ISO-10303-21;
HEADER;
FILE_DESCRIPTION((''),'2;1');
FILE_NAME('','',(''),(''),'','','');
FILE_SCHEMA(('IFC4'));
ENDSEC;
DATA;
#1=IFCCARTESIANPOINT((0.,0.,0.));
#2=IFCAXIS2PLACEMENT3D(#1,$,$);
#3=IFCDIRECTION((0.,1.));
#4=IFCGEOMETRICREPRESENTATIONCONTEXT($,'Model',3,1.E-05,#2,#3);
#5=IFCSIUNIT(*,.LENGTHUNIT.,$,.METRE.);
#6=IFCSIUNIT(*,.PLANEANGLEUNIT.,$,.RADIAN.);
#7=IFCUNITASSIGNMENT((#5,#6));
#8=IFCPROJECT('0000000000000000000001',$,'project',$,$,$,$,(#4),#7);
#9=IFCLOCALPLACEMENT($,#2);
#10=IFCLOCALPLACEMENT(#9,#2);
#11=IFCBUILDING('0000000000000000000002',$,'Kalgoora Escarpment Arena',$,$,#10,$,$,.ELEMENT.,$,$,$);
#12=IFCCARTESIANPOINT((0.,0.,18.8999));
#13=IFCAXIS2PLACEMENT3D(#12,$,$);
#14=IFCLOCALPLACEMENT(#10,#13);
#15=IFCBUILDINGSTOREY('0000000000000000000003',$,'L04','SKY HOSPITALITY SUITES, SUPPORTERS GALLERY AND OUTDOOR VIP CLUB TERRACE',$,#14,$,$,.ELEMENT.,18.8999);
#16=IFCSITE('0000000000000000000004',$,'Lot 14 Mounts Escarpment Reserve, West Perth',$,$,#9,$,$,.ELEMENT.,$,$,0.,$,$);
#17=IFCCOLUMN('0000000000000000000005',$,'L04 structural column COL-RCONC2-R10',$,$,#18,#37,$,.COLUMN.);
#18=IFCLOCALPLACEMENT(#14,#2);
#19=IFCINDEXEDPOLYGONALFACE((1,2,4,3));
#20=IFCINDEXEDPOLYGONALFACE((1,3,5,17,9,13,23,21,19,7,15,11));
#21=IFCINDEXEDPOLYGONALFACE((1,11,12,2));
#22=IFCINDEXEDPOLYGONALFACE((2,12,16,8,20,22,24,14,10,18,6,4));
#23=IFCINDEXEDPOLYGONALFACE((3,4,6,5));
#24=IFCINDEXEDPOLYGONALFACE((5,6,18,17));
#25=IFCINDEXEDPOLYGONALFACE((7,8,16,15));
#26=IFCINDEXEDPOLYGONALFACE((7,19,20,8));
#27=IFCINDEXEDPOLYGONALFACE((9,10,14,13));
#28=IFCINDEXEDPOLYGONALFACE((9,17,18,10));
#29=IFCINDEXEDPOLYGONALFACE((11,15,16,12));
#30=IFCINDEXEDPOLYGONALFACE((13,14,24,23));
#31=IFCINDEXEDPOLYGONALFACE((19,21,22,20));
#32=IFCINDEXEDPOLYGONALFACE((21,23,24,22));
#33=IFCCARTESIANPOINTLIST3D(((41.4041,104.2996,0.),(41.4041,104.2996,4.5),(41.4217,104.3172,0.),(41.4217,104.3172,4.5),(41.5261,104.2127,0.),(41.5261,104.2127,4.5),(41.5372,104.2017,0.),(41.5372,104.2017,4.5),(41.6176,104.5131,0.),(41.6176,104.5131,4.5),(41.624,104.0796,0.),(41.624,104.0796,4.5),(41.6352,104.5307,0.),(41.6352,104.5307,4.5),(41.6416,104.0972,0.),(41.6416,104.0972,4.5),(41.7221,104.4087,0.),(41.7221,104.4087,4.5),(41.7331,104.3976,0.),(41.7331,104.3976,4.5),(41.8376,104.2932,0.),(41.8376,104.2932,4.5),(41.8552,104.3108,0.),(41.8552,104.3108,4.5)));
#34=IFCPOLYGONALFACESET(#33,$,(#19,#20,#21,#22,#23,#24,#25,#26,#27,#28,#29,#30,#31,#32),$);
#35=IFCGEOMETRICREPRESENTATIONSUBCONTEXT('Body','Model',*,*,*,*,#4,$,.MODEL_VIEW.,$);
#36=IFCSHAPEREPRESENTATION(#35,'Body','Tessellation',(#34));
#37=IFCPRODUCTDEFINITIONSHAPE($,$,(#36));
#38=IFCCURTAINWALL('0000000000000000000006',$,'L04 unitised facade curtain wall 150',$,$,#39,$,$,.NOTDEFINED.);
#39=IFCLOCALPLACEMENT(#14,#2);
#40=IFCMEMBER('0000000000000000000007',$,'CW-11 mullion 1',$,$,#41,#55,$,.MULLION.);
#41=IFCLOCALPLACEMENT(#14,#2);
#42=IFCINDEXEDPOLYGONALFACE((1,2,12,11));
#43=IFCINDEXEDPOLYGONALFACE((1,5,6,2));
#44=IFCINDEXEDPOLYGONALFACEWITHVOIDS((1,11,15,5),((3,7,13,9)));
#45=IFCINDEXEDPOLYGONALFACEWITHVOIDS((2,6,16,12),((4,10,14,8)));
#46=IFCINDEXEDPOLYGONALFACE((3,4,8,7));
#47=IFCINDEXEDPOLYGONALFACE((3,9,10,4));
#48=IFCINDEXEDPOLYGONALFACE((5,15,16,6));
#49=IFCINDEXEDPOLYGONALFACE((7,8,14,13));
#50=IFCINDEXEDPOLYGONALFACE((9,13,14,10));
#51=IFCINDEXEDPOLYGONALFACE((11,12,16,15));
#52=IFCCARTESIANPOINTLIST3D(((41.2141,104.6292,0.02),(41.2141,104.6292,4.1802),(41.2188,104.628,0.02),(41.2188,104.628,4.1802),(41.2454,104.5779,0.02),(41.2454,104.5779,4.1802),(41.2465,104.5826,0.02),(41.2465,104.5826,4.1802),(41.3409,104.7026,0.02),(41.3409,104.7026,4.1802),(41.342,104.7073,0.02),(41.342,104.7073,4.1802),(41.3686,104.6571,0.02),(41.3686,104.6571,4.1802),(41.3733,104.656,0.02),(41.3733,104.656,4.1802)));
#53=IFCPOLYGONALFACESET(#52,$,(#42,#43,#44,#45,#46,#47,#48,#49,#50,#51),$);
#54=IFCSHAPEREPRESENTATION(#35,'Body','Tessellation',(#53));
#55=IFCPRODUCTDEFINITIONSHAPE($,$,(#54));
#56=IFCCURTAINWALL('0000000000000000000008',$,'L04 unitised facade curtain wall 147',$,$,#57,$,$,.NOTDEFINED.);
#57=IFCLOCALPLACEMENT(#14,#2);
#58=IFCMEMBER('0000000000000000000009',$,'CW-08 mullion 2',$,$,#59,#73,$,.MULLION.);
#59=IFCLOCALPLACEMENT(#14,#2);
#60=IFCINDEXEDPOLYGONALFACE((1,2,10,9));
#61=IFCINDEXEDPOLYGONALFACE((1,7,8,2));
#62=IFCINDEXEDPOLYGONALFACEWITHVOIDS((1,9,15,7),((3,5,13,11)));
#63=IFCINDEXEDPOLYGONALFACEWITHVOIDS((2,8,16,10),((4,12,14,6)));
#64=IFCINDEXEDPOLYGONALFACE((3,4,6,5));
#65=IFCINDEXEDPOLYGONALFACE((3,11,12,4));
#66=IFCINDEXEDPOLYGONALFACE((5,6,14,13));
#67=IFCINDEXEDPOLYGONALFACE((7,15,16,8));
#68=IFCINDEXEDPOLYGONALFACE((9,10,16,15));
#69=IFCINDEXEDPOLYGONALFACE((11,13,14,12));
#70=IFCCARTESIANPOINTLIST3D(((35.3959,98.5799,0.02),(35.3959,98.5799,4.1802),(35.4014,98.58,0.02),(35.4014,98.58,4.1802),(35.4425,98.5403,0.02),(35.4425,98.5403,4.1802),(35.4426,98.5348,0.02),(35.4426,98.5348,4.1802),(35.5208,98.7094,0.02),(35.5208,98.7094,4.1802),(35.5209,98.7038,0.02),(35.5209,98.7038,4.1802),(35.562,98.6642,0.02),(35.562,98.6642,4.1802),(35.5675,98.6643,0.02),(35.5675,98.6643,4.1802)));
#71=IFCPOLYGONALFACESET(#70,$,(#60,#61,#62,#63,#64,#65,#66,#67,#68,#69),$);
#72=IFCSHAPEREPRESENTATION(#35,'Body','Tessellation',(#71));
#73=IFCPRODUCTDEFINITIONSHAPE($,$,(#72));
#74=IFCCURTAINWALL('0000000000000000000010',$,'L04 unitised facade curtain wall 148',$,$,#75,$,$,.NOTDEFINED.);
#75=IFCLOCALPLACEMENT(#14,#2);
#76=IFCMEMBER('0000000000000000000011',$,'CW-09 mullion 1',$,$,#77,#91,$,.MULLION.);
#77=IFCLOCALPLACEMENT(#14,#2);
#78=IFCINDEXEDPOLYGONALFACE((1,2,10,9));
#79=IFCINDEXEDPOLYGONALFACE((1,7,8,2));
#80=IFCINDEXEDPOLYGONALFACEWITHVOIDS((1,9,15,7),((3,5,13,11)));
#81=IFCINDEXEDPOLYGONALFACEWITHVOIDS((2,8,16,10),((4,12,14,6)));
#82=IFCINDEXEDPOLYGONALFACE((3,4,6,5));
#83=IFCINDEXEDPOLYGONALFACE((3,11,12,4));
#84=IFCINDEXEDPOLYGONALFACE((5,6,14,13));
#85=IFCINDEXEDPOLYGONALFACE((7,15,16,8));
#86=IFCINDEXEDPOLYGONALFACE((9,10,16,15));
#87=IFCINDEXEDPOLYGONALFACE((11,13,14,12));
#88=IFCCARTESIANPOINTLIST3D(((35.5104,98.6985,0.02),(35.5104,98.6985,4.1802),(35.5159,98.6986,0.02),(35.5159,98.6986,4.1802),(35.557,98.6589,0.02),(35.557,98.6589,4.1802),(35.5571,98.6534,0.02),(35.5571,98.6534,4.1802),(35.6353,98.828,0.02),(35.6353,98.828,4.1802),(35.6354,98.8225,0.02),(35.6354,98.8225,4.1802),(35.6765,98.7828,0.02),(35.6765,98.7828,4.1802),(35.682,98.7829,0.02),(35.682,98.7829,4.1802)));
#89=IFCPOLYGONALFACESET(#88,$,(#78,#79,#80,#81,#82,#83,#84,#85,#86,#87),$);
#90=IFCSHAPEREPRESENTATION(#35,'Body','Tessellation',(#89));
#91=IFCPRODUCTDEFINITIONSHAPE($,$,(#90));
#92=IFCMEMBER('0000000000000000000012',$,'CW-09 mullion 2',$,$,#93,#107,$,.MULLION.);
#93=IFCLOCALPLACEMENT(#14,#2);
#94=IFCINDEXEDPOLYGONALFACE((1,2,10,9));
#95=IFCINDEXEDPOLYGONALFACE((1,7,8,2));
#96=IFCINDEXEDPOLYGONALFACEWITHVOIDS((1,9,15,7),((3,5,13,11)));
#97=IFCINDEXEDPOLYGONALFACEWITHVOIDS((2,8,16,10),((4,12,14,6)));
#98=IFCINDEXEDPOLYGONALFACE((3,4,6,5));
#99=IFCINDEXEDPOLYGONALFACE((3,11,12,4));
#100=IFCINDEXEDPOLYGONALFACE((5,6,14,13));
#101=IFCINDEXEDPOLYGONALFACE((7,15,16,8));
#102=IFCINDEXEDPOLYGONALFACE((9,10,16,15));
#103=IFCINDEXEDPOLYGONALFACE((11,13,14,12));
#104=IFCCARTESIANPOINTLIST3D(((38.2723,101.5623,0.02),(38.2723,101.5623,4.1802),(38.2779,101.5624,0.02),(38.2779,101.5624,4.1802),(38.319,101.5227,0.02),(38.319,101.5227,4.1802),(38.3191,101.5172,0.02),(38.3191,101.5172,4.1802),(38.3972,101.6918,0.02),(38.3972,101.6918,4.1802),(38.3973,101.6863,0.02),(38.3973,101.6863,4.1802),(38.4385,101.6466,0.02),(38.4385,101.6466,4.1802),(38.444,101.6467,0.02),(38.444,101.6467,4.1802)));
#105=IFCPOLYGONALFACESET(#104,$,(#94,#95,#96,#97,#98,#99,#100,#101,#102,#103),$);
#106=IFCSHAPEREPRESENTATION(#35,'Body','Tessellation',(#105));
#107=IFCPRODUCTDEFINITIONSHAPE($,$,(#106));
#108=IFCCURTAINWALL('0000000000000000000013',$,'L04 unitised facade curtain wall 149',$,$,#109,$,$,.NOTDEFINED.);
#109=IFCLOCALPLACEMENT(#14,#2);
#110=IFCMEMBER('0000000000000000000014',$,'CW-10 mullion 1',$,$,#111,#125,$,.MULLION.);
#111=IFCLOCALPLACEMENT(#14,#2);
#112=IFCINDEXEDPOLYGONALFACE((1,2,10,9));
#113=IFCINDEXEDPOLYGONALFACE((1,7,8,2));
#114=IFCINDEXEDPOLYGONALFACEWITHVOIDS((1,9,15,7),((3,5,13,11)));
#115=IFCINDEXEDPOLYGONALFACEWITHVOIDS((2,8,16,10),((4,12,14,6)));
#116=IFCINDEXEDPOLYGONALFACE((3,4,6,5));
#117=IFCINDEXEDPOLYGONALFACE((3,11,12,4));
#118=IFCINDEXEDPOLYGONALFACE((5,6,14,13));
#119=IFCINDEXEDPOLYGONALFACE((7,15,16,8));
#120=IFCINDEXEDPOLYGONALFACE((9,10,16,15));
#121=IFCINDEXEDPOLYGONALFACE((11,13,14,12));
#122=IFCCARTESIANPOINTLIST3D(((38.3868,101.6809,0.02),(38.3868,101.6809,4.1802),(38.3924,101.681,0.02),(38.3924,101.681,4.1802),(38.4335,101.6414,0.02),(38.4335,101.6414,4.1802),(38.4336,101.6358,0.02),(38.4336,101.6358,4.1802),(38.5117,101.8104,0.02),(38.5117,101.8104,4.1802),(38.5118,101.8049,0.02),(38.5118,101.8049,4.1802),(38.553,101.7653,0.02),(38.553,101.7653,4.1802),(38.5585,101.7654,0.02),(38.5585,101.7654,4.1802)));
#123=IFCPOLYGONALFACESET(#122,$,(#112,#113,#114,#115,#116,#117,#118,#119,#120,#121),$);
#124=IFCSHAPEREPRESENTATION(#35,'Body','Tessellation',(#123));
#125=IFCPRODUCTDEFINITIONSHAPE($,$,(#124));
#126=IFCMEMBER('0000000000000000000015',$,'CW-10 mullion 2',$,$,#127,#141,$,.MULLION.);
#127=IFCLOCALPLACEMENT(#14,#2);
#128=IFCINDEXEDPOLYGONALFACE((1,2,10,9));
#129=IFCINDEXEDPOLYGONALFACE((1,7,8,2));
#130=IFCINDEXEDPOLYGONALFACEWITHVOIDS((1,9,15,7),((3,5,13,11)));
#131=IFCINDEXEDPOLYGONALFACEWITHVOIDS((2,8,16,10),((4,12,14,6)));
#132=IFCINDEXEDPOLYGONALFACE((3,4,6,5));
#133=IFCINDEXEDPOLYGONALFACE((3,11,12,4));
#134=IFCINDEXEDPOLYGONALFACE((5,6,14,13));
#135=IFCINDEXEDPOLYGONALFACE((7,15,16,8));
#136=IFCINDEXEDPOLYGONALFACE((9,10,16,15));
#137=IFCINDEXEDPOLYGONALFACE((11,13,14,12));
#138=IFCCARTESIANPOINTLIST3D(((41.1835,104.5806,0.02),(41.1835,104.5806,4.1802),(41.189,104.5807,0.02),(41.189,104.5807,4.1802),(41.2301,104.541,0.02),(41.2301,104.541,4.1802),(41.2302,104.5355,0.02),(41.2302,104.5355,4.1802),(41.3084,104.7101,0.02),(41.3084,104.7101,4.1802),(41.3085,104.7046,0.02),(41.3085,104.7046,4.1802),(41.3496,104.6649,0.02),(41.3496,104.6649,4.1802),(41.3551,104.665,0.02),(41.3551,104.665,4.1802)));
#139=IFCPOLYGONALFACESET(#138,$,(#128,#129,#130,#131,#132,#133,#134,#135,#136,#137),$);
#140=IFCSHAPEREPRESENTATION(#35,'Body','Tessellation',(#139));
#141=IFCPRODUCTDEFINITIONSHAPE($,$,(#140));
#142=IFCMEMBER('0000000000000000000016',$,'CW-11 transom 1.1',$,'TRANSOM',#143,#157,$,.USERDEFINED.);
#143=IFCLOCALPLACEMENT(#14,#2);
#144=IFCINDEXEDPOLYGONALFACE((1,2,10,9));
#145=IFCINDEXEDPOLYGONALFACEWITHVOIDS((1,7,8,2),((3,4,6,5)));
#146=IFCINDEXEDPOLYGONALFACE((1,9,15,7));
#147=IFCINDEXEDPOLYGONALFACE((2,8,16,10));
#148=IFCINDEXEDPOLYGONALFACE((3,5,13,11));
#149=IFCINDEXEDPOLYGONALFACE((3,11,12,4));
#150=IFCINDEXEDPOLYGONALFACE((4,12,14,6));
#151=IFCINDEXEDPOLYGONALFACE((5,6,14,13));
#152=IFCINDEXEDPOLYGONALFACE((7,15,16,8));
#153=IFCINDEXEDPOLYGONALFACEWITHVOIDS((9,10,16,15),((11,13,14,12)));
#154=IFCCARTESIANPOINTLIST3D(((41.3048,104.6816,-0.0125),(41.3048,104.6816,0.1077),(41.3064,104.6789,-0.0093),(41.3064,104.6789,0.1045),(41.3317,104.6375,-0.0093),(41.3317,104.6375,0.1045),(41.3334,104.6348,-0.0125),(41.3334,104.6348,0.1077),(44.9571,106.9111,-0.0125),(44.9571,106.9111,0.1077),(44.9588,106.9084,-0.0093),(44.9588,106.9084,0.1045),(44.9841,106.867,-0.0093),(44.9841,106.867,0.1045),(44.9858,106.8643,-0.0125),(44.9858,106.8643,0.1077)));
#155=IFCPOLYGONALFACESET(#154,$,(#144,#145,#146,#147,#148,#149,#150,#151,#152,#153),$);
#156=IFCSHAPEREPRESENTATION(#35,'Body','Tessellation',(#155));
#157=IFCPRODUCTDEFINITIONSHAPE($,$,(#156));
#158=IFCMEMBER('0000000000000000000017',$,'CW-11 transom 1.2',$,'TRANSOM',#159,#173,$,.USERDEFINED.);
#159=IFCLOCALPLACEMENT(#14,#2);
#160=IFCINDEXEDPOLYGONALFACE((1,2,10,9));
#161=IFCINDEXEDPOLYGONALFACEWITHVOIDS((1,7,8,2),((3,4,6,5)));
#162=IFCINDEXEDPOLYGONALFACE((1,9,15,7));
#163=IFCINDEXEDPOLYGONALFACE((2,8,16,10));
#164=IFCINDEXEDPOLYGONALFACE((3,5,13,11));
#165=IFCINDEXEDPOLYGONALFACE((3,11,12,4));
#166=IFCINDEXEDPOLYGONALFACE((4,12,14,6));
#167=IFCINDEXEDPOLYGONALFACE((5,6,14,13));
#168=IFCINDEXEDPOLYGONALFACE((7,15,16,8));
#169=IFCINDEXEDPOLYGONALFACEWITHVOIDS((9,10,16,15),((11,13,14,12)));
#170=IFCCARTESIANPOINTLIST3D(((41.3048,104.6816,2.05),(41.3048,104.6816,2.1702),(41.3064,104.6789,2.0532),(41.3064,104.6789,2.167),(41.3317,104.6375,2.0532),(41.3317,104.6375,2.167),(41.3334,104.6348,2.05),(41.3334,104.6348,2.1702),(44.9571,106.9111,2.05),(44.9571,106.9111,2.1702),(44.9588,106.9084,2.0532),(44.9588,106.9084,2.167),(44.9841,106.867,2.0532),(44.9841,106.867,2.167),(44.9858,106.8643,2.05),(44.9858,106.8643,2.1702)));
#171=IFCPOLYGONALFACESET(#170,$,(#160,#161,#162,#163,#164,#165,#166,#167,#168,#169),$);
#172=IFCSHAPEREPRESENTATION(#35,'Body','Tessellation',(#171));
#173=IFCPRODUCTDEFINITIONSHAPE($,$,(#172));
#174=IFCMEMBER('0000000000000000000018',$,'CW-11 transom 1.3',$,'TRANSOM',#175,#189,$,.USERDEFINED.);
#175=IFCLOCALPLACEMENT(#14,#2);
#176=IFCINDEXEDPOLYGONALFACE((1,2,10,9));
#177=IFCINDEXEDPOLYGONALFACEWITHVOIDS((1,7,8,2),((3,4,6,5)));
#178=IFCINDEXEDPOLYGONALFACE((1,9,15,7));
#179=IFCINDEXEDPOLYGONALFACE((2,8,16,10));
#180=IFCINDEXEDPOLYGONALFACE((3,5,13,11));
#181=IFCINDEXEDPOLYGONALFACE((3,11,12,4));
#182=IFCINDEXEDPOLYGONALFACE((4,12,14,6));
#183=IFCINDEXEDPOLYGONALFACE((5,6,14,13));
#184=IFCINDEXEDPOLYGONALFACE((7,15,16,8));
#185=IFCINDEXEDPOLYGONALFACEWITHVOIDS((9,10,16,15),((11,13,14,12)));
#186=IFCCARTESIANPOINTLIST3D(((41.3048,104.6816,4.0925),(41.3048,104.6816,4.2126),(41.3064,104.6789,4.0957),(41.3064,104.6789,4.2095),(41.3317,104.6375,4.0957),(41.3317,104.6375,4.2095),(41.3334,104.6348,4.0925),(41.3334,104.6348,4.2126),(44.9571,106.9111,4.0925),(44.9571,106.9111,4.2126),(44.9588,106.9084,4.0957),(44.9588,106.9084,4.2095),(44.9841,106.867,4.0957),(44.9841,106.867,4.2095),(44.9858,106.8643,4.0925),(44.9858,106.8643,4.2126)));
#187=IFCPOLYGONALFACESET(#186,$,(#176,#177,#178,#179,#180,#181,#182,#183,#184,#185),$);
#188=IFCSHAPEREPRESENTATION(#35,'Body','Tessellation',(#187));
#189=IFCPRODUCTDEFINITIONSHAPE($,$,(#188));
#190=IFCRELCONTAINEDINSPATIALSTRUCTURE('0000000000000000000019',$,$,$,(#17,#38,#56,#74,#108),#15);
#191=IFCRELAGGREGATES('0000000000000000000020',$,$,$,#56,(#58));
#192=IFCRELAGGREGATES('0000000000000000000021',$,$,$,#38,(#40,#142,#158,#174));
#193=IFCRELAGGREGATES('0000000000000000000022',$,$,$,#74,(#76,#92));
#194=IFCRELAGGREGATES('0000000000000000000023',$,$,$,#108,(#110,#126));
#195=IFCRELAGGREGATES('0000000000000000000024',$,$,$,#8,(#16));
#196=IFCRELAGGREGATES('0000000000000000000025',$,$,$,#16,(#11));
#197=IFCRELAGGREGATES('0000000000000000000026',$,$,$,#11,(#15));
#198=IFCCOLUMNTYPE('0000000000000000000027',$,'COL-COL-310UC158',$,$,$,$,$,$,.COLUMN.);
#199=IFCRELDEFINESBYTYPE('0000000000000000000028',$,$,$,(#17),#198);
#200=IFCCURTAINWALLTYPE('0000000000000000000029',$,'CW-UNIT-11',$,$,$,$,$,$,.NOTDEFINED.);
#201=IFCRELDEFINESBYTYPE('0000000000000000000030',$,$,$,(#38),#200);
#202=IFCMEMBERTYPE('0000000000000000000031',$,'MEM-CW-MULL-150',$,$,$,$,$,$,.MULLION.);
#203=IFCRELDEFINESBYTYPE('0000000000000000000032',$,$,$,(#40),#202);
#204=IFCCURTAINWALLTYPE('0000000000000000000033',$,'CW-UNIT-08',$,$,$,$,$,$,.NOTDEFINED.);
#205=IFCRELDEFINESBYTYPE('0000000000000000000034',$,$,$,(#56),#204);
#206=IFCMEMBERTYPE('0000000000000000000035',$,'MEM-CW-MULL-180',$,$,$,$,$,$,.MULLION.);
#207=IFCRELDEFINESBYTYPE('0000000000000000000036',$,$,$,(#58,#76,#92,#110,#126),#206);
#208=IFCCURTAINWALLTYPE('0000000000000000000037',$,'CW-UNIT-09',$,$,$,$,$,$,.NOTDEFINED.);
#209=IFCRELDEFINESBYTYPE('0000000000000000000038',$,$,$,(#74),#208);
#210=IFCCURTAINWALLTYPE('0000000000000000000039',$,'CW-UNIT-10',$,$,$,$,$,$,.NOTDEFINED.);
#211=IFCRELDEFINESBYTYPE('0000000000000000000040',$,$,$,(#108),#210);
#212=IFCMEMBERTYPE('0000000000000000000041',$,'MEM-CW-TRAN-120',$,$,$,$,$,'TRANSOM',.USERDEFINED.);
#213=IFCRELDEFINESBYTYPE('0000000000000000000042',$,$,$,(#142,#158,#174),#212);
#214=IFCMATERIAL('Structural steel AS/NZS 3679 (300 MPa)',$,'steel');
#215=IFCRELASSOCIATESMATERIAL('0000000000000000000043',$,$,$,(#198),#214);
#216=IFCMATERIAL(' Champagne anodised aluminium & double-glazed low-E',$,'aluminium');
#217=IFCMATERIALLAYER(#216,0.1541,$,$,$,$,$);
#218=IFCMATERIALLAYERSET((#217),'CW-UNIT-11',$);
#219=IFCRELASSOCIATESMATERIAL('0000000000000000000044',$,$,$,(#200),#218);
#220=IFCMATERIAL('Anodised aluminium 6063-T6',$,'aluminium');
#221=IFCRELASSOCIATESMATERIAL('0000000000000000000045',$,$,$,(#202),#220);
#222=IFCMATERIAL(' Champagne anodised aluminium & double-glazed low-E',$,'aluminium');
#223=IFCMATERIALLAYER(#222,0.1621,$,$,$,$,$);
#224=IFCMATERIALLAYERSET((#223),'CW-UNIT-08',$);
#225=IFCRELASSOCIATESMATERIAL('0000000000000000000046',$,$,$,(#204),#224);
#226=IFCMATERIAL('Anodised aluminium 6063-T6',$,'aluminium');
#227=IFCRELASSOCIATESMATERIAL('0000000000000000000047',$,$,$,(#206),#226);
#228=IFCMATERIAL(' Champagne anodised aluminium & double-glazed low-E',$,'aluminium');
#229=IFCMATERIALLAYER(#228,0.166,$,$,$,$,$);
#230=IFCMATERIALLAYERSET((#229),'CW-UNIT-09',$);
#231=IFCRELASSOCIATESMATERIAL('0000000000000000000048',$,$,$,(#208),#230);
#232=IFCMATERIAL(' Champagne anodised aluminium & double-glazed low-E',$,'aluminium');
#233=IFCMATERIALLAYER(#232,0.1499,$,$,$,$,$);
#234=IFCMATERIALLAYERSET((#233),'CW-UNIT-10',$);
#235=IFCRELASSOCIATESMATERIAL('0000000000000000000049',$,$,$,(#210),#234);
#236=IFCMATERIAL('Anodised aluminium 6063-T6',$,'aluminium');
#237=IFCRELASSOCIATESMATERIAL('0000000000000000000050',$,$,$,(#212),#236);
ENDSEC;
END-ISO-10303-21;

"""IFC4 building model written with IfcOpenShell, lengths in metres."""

from ifc_helpers import new_model, si_unit, direction, frame, origin, origin_2d, place, context, subcontext, project, spatial, hollow_rectangle, i_section, extrude, material, layer, layer_set, material_profile, profile_set, type_object, element, aggregate, save


model = new_model("IFC4")

# Units and contexts
model_context = context("Model", 3, precision=1e-05, world=origin(), true_north=direction((0.0, 1.0)))
body_context = subcontext(model_context, "Body", "Model", "MODEL_VIEW")
ifc_project = project(units=[si_unit("LENGTHUNIT", "METRE"), si_unit("PLANEANGLEUNIT", "RADIAN")], contexts=[model_context])

# Site, building, storey
site_placement = place(None, origin())
site = spatial("IfcSite", under=ifc_project, at=site_placement, Name="Lot 14 Mounts Escarpment Reserve, West Perth", CompositionType="ELEMENT", RefElevation=0.0)
building_placement = place(site_placement, origin())
building = spatial("IfcBuilding", under=site, at=building_placement, Name="Kalgoora Escarpment Arena", CompositionType="ELEMENT")
storey_placement = place(building_placement, frame((0.0, 0.0, 18.8999)))
storey = spatial("IfcBuildingStorey", under=building, at=storey_placement, Name="L04", Description="SKY HOSPITALITY SUITES, SUPPORTERS GALLERY AND OUTDOOR VIP CLUB TERRACE", CompositionType="ELEMENT", Elevation=18.8999)

# Column
ifc_material_1 = material(Name="Structural steel AS/NZS 3679 (300 MPa)", Category="steel")
ifc_material_profile_1 = material_profile(ifc_material_1, i_section(OverallWidth=0.311, OverallDepth=0.3269, WebThickness=0.0156, FlangeThickness=0.0249, at=origin_2d()))
ifc_profile_set_1 = profile_set([ifc_material_profile_1], Name="Structural steel AS/NZS 3679 (300 MPa)")
column_type = type_object("IfcColumnType", Name="COL-COL-310UC158", PredefinedType="COLUMN", material=ifc_profile_set_1)
column_placement = place(storey_placement, frame((41.6296, 104.3052, 0.0), z_axis=(0.0, 0.0, 1.0), x_axis=(-0.707107, 0.707107, 0.0)))
element("IfcColumn", 1, at=column_placement, inside=storey, type_object=column_type, Name="L04 structural column COL-RCONC2-R10", PredefinedType="COLUMN", context=body_context, shape_type="SweptSolid", body=[
    extrude(i_section(OverallWidth=0.311, OverallDepth=0.3269, WebThickness=0.0156, FlangeThickness=0.0249, at=origin_2d()), origin(), (0.0, 0.0, 1.0), 4.5),
])

# Curtain walls, members
ifc_material_2 = material(Name=" Champagne anodised aluminium & double-glazed low-E", Category="aluminium")
ifc_layer_1 = layer(ifc_material_2, 0.1541)
ifc_layer_set_1 = layer_set([ifc_layer_1], Name="CW-UNIT-11")
curtain_wall_type_1 = type_object("IfcCurtainWallType", Name="CW-UNIT-11", PredefinedType="NOTDEFINED", material=ifc_layer_set_1)
curtain_wall_1_placement = place(storey_placement, origin())
curtain_wall_1 = element("IfcCurtainWall", 2, at=curtain_wall_1_placement, inside=storey, type_object=curtain_wall_type_1, Name="L04 unitised facade curtain wall 150", PredefinedType="NOTDEFINED")
ifc_material_3 = material(Name="Anodised aluminium 6063-T6", Category="aluminium")
ifc_material_profile_2 = material_profile(ifc_material_3, hollow_rectangle(XDim=0.0601, YDim=0.1499, WallThickness=0.0034, at=origin_2d()))
ifc_profile_set_2 = profile_set([ifc_material_profile_2], Name="Anodised aluminium 6063-T6")
member_type_1 = type_object("IfcMemberType", Name="MEM-CW-MULL-150", PredefinedType="MULLION", material=ifc_profile_set_2)
member_1_placement = place(storey_placement, frame((41.2937, 104.6426, 0.02), z_axis=(0.0, 0.0, 1.0), x_axis=(-0.52104, 0.853532, 0.0)))
member_1 = element("IfcMember", 3, at=member_1_placement, type_object=member_type_1, Name="CW-11 mullion 1", PredefinedType="MULLION", context=body_context, shape_type="SweptSolid", body=[
    extrude(hollow_rectangle(XDim=0.0601, YDim=0.1499, WallThickness=0.0034, at=origin_2d()), origin(), (0.0, 0.0, 1.0), 4.1602),
])
ifc_material_4 = material(Name=" Champagne anodised aluminium & double-glazed low-E", Category="aluminium")
ifc_layer_2 = layer(ifc_material_4, 0.1621)
ifc_layer_set_2 = layer_set([ifc_layer_2], Name="CW-UNIT-08")
curtain_wall_type_2 = type_object("IfcCurtainWallType", Name="CW-UNIT-08", PredefinedType="NOTDEFINED", material=ifc_layer_set_2)
curtain_wall_2_placement = place(storey_placement, origin())
curtain_wall_2 = element("IfcCurtainWall", 4, at=curtain_wall_2_placement, inside=storey, type_object=curtain_wall_type_2, Name="L04 unitised facade curtain wall 147", PredefinedType="NOTDEFINED")
ifc_material_5 = material(Name="Anodised aluminium 6063-T6", Category="aluminium")
ifc_material_profile_3 = material_profile(ifc_material_5, hollow_rectangle(XDim=0.0649, YDim=0.1799, WallThickness=0.0039, at=origin_2d()))
ifc_profile_set_3 = profile_set([ifc_material_profile_3], Name="Anodised aluminium 6063-T6")
member_type_2 = type_object("IfcMemberType", Name="MEM-CW-MULL-180", PredefinedType="MULLION", material=ifc_profile_set_3)
member_2_placement = place(storey_placement, frame((35.4817, 98.6221, 0.02), z_axis=(0.0, 0.0, 1.0), x_axis=(-0.719777, 0.694205, 0.0)))
member_2 = element("IfcMember", 5, at=member_2_placement, type_object=member_type_2, Name="CW-08 mullion 2", PredefinedType="MULLION", context=body_context, shape_type="SweptSolid", body=[
    extrude(hollow_rectangle(XDim=0.0649, YDim=0.1799, WallThickness=0.0039, at=origin_2d()), origin(), (0.0, 0.0, 1.0), 4.1602),
])
aggregate(curtain_wall_2, [member_2])

# Curtain walls, members
ifc_material_6 = material(Name=" Champagne anodised aluminium & double-glazed low-E", Category="aluminium")
ifc_layer_3 = layer(ifc_material_6, 0.166)
ifc_layer_set_3 = layer_set([ifc_layer_3], Name="CW-UNIT-09")
curtain_wall_type_3 = type_object("IfcCurtainWallType", Name="CW-UNIT-09", PredefinedType="NOTDEFINED", material=ifc_layer_set_3)
curtain_wall_3_placement = place(storey_placement, origin())
curtain_wall_3 = element("IfcCurtainWall", 6, at=curtain_wall_3_placement, inside=storey, type_object=curtain_wall_type_3, Name="L04 unitised facade curtain wall 148", PredefinedType="NOTDEFINED")
member_3_placement = place(storey_placement, frame((35.5962, 98.7407, 0.02), z_axis=(0.0, 0.0, 1.0), x_axis=(-0.719777, 0.694205, 0.0)))
member_3 = element("IfcMember", 7, at=member_3_placement, type_object=member_type_2, Name="CW-09 mullion 1", PredefinedType="MULLION", context=body_context, shape_type="SweptSolid", body=[
    extrude(hollow_rectangle(XDim=0.0649, YDim=0.1799, WallThickness=0.0039, at=origin_2d()), origin(), (0.0, 0.0, 1.0), 4.1602),
])
member_4_placement = place(storey_placement, frame((38.3582, 101.6045, 0.02), z_axis=(0.0, 0.0, 1.0), x_axis=(-0.719777, 0.694205, 0.0)))
member_4 = element("IfcMember", 8, at=member_4_placement, type_object=member_type_2, Name="CW-09 mullion 2", PredefinedType="MULLION", context=body_context, shape_type="SweptSolid", body=[
    extrude(hollow_rectangle(XDim=0.0649, YDim=0.1799, WallThickness=0.0039, at=origin_2d()), origin(), (0.0, 0.0, 1.0), 4.1602),
])
ifc_material_7 = material(Name=" Champagne anodised aluminium & double-glazed low-E", Category="aluminium")
ifc_layer_4 = layer(ifc_material_7, 0.1499)
ifc_layer_set_4 = layer_set([ifc_layer_4], Name="CW-UNIT-10")
curtain_wall_type_4 = type_object("IfcCurtainWallType", Name="CW-UNIT-10", PredefinedType="NOTDEFINED", material=ifc_layer_set_4)
curtain_wall_4_placement = place(storey_placement, origin())
curtain_wall_4 = element("IfcCurtainWall", 9, at=curtain_wall_4_placement, inside=storey, type_object=curtain_wall_type_4, Name="L04 unitised facade curtain wall 149", PredefinedType="NOTDEFINED")
member_5_placement = place(storey_placement, frame((38.4727, 101.7231, 0.02), z_axis=(0.0, 0.0, 1.0), x_axis=(-0.71978, 0.694202, 0.0)))
member_5 = element("IfcMember", 10, at=member_5_placement, type_object=member_type_2, Name="CW-10 mullion 1", PredefinedType="MULLION", context=body_context, shape_type="SweptSolid", body=[
    extrude(hollow_rectangle(XDim=0.0649, YDim=0.1799, WallThickness=0.0039, at=origin_2d()), origin(), (0.0, 0.0, 1.0), 4.1602),
])
member_6_placement = place(storey_placement, frame((41.2693, 104.6228, 0.02), z_axis=(0.0, 0.0, 1.0), x_axis=(-0.71978, 0.694202, 0.0)))
member_6 = element("IfcMember", 11, at=member_6_placement, type_object=member_type_2, Name="CW-10 mullion 2", PredefinedType="MULLION", context=body_context, shape_type="SweptSolid", body=[
    extrude(hollow_rectangle(XDim=0.0649, YDim=0.1799, WallThickness=0.0039, at=origin_2d()), origin(), (0.0, 0.0, 1.0), 4.1602),
])

# Members
ifc_material_8 = material(Name="Anodised aluminium 6063-T6", Category="aluminium")
ifc_material_profile_4 = material_profile(ifc_material_8, hollow_rectangle(XDim=0.0549, YDim=0.1201, WallThickness=0.0032, at=origin_2d()))
ifc_profile_set_4 = profile_set([ifc_material_profile_4], Name="Anodised aluminium 6063-T6")
member_type_3 = type_object("IfcMemberType", Name="MEM-CW-TRAN-120", ElementType="TRANSOM", PredefinedType="USERDEFINED", material=ifc_profile_set_4)
member_7_placement = place(storey_placement, frame((41.3191, 104.6582, 0.0476), z_axis=(0.853541, 0.521025, 0.0), x_axis=(-0.521025, 0.853541, 0.0)))
member_7 = element("IfcMember", 12, at=member_7_placement, type_object=member_type_3, Name="CW-11 transom 1.1", ObjectType="TRANSOM", PredefinedType="USERDEFINED", context=body_context, shape_type="SweptSolid", body=[
    extrude(hollow_rectangle(XDim=0.0549, YDim=0.1201, WallThickness=0.0032, at=origin_2d()), origin(), (0.0, 0.0, 1.0), 4.2791),
])
member_8_placement = place(storey_placement, frame((41.3191, 104.6582, 2.1101), z_axis=(0.853541, 0.521025, 0.0), x_axis=(-0.521025, 0.853541, 0.0)))
member_8 = element("IfcMember", 13, at=member_8_placement, type_object=member_type_3, Name="CW-11 transom 1.2", ObjectType="TRANSOM", PredefinedType="USERDEFINED", context=body_context, shape_type="SweptSolid", body=[
    extrude(hollow_rectangle(XDim=0.0549, YDim=0.1201, WallThickness=0.0032, at=origin_2d()), origin(), (0.0, 0.0, 1.0), 4.2791),
])
member_9_placement = place(storey_placement, frame((41.3191, 104.6582, 4.1526), z_axis=(0.853541, 0.521025, 0.0), x_axis=(-0.521025, 0.853541, 0.0)))
member_9 = element("IfcMember", 14, at=member_9_placement, type_object=member_type_3, Name="CW-11 transom 1.3", ObjectType="TRANSOM", PredefinedType="USERDEFINED", context=body_context, shape_type="SweptSolid", body=[
    extrude(hollow_rectangle(XDim=0.0549, YDim=0.1201, WallThickness=0.0032, at=origin_2d()), origin(), (0.0, 0.0, 1.0), 4.2791),
])
aggregate(curtain_wall_1, [member_1, member_7, member_8, member_9])

aggregate(curtain_wall_3, [member_3, member_4])
aggregate(curtain_wall_4, [member_5, member_6])

save(model, "model.ifc")
